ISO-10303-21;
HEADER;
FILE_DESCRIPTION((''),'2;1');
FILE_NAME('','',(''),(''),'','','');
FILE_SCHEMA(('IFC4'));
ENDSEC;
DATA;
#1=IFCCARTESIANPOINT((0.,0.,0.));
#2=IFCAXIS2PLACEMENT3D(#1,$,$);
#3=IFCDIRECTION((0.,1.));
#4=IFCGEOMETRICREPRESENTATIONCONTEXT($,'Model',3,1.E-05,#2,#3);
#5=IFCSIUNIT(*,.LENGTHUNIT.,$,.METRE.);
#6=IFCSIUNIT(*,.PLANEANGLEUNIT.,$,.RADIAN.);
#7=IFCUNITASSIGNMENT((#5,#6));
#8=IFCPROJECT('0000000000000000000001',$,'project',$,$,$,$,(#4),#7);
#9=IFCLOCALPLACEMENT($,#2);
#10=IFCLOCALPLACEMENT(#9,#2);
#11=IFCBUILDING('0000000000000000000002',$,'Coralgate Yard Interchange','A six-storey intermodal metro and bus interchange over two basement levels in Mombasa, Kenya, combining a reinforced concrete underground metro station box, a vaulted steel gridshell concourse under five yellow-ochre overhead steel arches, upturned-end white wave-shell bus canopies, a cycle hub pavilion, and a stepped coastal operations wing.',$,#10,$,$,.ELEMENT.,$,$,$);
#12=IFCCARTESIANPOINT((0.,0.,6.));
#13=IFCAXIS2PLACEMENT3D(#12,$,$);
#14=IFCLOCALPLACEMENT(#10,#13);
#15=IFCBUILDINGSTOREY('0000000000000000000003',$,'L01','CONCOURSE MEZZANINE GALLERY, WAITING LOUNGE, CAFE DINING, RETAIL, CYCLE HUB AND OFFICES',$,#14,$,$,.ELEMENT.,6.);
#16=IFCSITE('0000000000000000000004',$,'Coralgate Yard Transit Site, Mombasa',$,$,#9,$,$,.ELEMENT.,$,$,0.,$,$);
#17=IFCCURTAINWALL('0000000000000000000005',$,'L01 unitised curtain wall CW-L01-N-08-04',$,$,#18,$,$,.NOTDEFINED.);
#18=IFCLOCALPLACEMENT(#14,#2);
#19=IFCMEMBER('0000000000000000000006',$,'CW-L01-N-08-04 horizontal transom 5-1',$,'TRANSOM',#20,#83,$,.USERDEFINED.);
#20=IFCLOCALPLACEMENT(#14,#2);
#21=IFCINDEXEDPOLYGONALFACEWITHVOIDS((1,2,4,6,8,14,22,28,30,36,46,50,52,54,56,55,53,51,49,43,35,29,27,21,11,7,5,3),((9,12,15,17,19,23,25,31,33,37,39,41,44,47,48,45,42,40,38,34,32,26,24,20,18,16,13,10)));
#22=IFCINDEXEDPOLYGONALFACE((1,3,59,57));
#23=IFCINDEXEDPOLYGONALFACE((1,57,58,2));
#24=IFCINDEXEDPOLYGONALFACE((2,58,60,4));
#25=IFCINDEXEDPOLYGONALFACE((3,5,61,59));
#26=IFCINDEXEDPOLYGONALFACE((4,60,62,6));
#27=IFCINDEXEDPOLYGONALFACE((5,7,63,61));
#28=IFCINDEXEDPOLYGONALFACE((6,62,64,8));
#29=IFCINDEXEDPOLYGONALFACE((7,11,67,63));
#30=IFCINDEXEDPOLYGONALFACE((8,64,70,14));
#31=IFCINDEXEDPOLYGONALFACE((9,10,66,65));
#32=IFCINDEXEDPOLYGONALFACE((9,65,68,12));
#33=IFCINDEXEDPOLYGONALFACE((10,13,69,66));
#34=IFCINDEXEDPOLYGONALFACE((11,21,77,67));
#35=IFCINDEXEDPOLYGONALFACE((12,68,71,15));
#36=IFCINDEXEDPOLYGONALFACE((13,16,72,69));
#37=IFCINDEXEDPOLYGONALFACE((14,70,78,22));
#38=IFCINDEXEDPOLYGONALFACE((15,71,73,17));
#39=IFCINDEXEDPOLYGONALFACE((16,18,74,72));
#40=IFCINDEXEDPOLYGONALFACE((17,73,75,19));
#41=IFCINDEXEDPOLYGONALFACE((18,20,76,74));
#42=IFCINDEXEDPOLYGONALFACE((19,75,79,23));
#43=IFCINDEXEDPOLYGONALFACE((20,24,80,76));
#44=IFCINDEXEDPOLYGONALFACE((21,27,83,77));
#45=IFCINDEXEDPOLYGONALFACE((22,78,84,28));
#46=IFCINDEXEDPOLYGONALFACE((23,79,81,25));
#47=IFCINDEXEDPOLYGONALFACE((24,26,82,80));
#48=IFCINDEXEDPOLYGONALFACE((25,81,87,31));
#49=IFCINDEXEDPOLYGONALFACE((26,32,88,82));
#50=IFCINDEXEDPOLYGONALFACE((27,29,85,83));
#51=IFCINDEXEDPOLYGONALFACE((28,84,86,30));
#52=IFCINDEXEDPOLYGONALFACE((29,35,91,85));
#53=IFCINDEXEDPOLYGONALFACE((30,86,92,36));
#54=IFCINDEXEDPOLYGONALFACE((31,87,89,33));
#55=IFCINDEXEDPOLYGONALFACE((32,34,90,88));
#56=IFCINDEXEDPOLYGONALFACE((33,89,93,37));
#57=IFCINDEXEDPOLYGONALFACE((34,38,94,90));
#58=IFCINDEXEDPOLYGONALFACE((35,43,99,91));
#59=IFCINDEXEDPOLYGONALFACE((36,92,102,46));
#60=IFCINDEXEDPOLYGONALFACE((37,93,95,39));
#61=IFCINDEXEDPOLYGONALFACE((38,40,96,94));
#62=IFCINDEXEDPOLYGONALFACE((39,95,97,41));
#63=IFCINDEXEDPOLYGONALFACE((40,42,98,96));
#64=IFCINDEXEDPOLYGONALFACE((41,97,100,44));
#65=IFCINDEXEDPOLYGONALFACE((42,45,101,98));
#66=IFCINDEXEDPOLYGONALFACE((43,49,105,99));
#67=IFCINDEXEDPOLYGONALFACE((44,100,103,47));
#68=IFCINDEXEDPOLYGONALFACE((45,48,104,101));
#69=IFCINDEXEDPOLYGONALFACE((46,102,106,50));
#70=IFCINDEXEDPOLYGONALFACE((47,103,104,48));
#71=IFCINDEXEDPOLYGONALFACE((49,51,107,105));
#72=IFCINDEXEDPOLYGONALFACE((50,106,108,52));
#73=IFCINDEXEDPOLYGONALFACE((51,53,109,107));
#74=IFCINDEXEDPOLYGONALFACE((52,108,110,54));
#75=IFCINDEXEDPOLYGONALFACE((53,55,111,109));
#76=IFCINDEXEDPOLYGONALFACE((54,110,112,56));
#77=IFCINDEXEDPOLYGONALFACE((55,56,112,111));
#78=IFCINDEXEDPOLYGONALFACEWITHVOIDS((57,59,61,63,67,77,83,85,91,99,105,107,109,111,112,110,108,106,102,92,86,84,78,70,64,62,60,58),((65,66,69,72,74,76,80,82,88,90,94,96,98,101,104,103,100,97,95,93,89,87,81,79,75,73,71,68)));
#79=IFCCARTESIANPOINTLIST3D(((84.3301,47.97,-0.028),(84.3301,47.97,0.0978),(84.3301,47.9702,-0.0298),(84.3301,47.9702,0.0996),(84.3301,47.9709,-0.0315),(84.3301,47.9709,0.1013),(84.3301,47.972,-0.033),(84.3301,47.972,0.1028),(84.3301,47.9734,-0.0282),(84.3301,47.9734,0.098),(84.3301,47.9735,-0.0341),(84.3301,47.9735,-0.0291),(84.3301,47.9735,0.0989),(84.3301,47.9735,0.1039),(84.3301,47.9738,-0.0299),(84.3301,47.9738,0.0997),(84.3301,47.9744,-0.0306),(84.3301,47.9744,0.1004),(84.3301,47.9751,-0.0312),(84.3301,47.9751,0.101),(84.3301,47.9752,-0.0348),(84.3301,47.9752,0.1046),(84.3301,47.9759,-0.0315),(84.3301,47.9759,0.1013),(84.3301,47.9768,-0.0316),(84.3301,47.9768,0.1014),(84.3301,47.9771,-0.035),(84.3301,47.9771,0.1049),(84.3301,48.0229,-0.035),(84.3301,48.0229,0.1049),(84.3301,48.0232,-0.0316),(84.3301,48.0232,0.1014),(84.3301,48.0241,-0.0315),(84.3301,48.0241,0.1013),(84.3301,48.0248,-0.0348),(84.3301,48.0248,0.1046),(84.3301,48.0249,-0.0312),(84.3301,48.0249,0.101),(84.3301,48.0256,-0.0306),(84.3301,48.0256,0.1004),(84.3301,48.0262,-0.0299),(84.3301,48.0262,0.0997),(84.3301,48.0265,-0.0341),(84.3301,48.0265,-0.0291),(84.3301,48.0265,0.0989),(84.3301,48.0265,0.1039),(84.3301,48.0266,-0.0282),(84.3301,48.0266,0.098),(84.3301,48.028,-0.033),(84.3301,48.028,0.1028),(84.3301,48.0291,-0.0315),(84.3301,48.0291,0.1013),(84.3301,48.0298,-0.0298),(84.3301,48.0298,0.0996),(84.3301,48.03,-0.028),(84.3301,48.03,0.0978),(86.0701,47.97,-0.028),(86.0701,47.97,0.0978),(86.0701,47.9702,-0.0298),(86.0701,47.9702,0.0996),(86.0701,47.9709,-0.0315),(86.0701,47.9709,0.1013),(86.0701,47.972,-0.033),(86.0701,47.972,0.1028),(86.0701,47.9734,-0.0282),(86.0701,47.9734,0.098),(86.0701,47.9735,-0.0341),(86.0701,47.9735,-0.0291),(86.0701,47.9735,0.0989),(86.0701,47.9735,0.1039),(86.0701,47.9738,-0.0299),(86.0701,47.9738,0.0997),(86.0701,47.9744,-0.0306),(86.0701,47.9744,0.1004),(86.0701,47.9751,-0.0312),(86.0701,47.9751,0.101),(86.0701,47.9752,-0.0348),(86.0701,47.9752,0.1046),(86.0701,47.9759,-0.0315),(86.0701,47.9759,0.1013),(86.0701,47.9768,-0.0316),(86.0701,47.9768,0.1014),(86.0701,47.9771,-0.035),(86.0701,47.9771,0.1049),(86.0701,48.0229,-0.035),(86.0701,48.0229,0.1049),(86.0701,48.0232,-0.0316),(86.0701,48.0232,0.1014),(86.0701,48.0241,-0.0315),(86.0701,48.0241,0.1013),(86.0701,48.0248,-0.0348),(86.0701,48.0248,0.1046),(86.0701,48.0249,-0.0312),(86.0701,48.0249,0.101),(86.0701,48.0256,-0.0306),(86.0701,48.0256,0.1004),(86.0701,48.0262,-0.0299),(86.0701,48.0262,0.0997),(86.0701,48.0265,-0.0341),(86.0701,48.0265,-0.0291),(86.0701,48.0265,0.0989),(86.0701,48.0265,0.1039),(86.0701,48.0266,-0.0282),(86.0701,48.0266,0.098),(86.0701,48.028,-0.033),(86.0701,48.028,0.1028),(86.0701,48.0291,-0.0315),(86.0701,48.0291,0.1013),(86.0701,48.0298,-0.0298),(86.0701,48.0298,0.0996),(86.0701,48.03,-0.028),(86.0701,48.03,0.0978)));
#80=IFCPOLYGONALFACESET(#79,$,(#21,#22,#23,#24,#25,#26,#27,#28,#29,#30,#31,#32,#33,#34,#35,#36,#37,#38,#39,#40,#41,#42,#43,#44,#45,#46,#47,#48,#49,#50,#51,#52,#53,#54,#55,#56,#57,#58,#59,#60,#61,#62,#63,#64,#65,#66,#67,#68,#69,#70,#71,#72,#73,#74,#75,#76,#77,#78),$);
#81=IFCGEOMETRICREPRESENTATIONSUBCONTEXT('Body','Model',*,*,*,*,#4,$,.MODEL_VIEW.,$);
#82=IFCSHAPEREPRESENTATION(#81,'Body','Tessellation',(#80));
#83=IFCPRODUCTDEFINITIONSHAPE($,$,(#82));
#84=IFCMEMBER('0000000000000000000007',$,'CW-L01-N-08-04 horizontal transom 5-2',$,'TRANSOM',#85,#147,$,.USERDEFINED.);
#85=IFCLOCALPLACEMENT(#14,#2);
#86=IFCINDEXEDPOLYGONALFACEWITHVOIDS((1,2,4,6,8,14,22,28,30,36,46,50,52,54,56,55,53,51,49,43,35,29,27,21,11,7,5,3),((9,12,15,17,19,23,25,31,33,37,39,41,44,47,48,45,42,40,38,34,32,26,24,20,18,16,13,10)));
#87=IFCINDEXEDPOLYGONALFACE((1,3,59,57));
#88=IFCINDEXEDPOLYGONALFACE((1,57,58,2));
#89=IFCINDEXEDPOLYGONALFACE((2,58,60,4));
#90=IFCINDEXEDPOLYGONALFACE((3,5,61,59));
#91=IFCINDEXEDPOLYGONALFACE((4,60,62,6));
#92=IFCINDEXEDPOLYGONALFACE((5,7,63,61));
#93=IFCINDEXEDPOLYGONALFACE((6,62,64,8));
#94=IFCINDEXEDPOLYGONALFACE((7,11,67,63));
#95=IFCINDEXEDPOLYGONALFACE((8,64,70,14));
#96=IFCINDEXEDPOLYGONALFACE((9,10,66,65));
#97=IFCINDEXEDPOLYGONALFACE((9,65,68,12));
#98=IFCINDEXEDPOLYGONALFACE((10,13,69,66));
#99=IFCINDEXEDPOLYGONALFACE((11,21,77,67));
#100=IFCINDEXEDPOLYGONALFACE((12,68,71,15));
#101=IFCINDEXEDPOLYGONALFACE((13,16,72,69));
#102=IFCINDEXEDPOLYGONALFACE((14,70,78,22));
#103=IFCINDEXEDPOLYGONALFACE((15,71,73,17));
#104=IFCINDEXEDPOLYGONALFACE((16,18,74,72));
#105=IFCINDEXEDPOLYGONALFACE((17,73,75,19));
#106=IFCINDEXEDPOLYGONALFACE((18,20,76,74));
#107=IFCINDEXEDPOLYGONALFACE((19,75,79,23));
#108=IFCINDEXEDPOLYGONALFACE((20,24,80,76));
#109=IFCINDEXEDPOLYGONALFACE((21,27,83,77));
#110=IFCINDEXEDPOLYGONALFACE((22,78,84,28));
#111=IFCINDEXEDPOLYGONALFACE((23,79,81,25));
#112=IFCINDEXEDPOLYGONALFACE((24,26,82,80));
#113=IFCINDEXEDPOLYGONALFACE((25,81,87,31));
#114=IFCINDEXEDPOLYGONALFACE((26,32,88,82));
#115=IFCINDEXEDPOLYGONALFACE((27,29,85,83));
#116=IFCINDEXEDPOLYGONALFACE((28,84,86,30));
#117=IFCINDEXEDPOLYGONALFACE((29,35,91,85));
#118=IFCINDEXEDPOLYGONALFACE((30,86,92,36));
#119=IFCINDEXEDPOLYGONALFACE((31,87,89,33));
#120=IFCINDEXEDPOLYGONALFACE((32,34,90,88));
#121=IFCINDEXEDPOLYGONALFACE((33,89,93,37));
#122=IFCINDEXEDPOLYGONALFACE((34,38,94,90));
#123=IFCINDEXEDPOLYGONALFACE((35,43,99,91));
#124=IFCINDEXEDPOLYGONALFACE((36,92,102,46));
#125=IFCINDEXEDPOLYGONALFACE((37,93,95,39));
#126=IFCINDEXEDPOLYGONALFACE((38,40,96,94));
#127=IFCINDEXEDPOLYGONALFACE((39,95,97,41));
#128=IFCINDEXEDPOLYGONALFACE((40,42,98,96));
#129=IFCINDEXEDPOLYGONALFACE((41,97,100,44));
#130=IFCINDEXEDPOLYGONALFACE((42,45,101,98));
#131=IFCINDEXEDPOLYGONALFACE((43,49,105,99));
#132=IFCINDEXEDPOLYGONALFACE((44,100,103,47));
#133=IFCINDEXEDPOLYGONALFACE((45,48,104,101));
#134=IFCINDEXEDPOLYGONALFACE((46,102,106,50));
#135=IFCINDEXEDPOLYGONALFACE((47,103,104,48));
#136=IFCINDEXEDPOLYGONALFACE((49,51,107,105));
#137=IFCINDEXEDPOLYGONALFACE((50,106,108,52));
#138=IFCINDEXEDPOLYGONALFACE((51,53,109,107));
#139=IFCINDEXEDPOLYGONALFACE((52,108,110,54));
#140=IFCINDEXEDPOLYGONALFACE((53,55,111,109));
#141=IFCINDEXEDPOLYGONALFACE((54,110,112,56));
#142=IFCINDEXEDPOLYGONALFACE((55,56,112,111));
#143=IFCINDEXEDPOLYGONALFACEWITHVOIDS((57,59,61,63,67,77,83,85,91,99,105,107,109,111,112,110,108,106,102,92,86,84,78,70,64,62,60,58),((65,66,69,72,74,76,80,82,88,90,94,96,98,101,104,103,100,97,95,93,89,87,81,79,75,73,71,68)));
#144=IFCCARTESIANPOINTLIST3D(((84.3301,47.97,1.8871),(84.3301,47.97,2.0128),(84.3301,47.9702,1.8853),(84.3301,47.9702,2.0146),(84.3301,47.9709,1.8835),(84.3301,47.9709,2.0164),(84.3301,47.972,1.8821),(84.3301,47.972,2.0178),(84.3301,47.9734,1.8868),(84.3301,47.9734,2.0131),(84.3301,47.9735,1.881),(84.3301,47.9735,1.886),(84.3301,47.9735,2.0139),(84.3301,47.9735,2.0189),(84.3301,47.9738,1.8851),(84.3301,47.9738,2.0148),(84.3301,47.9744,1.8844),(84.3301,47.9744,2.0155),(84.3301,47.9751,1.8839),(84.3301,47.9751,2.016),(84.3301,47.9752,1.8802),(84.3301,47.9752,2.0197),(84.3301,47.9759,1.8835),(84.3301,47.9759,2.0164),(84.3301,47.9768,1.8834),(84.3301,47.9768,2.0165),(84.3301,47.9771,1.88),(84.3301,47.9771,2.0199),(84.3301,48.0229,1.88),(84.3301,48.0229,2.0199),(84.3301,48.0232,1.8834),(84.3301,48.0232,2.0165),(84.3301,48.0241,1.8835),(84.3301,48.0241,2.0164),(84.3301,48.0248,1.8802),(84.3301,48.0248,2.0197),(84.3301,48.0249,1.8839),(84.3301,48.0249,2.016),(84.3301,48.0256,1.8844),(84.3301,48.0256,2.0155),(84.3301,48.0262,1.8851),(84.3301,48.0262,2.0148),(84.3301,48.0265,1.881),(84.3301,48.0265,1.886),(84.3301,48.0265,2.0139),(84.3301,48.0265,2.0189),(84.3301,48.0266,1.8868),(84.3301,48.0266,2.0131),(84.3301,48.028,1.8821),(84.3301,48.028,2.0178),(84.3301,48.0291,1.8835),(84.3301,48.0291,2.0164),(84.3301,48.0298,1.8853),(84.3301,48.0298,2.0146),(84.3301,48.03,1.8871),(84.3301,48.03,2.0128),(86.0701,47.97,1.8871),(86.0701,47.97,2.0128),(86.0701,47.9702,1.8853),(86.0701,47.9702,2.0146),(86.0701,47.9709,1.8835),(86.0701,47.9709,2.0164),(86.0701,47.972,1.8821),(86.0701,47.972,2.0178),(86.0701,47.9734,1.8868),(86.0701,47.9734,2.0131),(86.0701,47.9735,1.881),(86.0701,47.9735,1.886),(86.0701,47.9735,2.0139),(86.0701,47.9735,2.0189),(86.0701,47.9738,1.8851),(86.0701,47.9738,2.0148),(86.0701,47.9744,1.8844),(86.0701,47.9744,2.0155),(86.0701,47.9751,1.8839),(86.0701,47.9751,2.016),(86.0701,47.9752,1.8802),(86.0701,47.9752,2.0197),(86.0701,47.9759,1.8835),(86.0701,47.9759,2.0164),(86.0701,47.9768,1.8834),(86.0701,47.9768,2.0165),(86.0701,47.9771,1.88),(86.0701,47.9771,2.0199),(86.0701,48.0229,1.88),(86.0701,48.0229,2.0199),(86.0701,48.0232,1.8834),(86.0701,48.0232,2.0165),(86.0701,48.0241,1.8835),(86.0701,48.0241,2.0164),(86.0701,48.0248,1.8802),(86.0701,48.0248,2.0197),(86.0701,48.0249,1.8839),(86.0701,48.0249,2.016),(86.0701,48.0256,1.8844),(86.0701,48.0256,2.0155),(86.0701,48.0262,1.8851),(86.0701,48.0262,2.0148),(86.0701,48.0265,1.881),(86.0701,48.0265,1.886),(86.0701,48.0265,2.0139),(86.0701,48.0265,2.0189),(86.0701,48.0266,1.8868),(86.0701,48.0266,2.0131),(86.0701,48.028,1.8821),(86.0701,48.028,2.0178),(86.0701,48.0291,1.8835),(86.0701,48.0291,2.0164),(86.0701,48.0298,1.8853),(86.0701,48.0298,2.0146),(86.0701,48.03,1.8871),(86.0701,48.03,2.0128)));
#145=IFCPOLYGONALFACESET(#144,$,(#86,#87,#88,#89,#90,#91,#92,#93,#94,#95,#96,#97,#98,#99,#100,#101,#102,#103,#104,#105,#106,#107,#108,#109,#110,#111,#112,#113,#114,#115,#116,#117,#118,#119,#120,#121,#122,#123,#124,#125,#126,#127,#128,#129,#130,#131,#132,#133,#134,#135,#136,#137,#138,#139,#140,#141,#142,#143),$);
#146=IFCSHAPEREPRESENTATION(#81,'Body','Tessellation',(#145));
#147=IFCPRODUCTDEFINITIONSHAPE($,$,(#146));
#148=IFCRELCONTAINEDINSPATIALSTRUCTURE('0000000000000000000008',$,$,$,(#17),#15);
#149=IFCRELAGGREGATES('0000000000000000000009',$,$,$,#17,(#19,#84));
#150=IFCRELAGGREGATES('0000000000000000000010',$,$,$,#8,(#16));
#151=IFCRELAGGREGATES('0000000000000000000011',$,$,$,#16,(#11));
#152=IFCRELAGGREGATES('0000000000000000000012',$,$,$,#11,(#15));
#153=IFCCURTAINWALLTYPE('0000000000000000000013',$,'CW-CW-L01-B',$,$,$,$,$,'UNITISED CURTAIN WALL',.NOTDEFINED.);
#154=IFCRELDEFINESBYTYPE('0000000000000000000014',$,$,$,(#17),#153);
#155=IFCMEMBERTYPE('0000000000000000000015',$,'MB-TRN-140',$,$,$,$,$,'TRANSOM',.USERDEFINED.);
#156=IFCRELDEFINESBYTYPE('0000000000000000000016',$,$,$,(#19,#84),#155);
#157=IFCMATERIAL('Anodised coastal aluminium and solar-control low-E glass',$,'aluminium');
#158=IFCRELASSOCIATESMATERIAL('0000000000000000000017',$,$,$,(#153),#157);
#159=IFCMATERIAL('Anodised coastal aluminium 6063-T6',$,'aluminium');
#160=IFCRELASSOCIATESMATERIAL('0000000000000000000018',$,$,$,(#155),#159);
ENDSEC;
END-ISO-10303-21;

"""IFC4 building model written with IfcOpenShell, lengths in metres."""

from ifc_helpers import new_model, si_unit, direction, frame, origin, origin_2d, place, context, subcontext, project, spatial, hollow_rectangle, extrude, material, material_profile, profile_set, type_object, element, aggregate, save


model = new_model("IFC4")

# Units and contexts
model_context = context("Model", 3, precision=1e-05, world=origin(), true_north=direction((0.0, 1.0)))
body_context = subcontext(model_context, "Body", "Model", "MODEL_VIEW")
ifc_project = project(units=[si_unit("LENGTHUNIT", "METRE"), si_unit("PLANEANGLEUNIT", "RADIAN")], contexts=[model_context])

# Site, building, storey
site_placement = place(None, origin())
site = spatial("IfcSite", under=ifc_project, at=site_placement, Name="Coralgate Yard Transit Site, Mombasa", CompositionType="ELEMENT", RefElevation=0.0)
building_placement = place(site_placement, origin())
building = spatial("IfcBuilding", under=site, at=building_placement, Name="Coralgate Yard Interchange", Description="A six-storey intermodal metro and bus interchange over two basement levels in Mombasa, Kenya, combining a reinforced concrete underground metro station box, a vaulted steel gridshell concourse under five yellow-ochre overhead steel arches, upturned-end white wave-shell bus canopies, a cycle hub pavilion, and a stepped coastal operations wing.", CompositionType="ELEMENT")
storey_placement = place(building_placement, frame((0.0, 0.0, 6.0)))
storey = spatial("IfcBuildingStorey", under=building, at=storey_placement, Name="L01", Description="CONCOURSE MEZZANINE GALLERY, WAITING LOUNGE, CAFE DINING, RETAIL, CYCLE HUB AND OFFICES", CompositionType="ELEMENT", Elevation=6.0)

# Curtain wall, members
ifc_material_1 = material(Name="Anodised coastal aluminium and solar-control low-E glass", Category="aluminium")
curtain_wall_type = type_object("IfcCurtainWallType", Name="CW-CW-L01-B", ElementType="UNITISED CURTAIN WALL", PredefinedType="NOTDEFINED", material=ifc_material_1)
curtain_wall_placement = place(storey_placement, origin())
curtain_wall = element("IfcCurtainWall", 1, at=curtain_wall_placement, inside=storey, type_object=curtain_wall_type, Name="L01 unitised curtain wall CW-L01-N-08-04", PredefinedType="NOTDEFINED")
ifc_material_2 = material(Name="Anodised coastal aluminium 6063-T6", Category="aluminium")
ifc_material_profile_1 = material_profile(ifc_material_2, hollow_rectangle(XDim=0.0601, YDim=0.1399, WallThickness=0.0034, InnerFilletRadius=0.0034, OuterFilletRadius=0.0071, at=origin_2d()), Name="ALU 60x140x3.5")
ifc_profile_set_1 = profile_set([ifc_material_profile_1], Name="Anodised coastal aluminium 6063-T6")
member_type_1 = type_object("IfcMemberType", Name="MB-TRN-140", ElementType="TRANSOM", PredefinedType="USERDEFINED", material=ifc_profile_set_1)
member_1_placement = place(storey_placement, frame((84.3301, 48.0, 0.0349), z_axis=(1.0, 0.0, 0.0), x_axis=(0.0, 1.0, 0.0)))
member_1 = element("IfcMember", 2, at=member_1_placement, type_object=member_type_1, Name="CW-L01-N-08-04 horizontal transom 5-1", ObjectType="TRANSOM", PredefinedType="USERDEFINED", context=body_context, shape_type="SweptSolid", body=[
    extrude(hollow_rectangle(XDim=0.0601, YDim=0.1399, WallThickness=0.0034, InnerFilletRadius=0.0034, OuterFilletRadius=0.0071, at=origin_2d()), origin(), (0.0, 0.0, 1.0), 1.74),
])
member_2_placement = place(storey_placement, frame((84.3301, 48.0, 1.95), z_axis=(1.0, 0.0, 0.0), x_axis=(0.0, 1.0, 0.0)))
member_2 = element("IfcMember", 3, at=member_2_placement, type_object=member_type_1, Name="CW-L01-N-08-04 horizontal transom 5-2", ObjectType="TRANSOM", PredefinedType="USERDEFINED", context=body_context, shape_type="SweptSolid", body=[
    extrude(hollow_rectangle(XDim=0.0601, YDim=0.1399, WallThickness=0.0034, InnerFilletRadius=0.0034, OuterFilletRadius=0.0071, at=origin_2d()), origin(), (0.0, 0.0, 1.0), 1.74),
])
aggregate(curtain_wall, [member_1, member_2])

save(model, "model.ifc")
